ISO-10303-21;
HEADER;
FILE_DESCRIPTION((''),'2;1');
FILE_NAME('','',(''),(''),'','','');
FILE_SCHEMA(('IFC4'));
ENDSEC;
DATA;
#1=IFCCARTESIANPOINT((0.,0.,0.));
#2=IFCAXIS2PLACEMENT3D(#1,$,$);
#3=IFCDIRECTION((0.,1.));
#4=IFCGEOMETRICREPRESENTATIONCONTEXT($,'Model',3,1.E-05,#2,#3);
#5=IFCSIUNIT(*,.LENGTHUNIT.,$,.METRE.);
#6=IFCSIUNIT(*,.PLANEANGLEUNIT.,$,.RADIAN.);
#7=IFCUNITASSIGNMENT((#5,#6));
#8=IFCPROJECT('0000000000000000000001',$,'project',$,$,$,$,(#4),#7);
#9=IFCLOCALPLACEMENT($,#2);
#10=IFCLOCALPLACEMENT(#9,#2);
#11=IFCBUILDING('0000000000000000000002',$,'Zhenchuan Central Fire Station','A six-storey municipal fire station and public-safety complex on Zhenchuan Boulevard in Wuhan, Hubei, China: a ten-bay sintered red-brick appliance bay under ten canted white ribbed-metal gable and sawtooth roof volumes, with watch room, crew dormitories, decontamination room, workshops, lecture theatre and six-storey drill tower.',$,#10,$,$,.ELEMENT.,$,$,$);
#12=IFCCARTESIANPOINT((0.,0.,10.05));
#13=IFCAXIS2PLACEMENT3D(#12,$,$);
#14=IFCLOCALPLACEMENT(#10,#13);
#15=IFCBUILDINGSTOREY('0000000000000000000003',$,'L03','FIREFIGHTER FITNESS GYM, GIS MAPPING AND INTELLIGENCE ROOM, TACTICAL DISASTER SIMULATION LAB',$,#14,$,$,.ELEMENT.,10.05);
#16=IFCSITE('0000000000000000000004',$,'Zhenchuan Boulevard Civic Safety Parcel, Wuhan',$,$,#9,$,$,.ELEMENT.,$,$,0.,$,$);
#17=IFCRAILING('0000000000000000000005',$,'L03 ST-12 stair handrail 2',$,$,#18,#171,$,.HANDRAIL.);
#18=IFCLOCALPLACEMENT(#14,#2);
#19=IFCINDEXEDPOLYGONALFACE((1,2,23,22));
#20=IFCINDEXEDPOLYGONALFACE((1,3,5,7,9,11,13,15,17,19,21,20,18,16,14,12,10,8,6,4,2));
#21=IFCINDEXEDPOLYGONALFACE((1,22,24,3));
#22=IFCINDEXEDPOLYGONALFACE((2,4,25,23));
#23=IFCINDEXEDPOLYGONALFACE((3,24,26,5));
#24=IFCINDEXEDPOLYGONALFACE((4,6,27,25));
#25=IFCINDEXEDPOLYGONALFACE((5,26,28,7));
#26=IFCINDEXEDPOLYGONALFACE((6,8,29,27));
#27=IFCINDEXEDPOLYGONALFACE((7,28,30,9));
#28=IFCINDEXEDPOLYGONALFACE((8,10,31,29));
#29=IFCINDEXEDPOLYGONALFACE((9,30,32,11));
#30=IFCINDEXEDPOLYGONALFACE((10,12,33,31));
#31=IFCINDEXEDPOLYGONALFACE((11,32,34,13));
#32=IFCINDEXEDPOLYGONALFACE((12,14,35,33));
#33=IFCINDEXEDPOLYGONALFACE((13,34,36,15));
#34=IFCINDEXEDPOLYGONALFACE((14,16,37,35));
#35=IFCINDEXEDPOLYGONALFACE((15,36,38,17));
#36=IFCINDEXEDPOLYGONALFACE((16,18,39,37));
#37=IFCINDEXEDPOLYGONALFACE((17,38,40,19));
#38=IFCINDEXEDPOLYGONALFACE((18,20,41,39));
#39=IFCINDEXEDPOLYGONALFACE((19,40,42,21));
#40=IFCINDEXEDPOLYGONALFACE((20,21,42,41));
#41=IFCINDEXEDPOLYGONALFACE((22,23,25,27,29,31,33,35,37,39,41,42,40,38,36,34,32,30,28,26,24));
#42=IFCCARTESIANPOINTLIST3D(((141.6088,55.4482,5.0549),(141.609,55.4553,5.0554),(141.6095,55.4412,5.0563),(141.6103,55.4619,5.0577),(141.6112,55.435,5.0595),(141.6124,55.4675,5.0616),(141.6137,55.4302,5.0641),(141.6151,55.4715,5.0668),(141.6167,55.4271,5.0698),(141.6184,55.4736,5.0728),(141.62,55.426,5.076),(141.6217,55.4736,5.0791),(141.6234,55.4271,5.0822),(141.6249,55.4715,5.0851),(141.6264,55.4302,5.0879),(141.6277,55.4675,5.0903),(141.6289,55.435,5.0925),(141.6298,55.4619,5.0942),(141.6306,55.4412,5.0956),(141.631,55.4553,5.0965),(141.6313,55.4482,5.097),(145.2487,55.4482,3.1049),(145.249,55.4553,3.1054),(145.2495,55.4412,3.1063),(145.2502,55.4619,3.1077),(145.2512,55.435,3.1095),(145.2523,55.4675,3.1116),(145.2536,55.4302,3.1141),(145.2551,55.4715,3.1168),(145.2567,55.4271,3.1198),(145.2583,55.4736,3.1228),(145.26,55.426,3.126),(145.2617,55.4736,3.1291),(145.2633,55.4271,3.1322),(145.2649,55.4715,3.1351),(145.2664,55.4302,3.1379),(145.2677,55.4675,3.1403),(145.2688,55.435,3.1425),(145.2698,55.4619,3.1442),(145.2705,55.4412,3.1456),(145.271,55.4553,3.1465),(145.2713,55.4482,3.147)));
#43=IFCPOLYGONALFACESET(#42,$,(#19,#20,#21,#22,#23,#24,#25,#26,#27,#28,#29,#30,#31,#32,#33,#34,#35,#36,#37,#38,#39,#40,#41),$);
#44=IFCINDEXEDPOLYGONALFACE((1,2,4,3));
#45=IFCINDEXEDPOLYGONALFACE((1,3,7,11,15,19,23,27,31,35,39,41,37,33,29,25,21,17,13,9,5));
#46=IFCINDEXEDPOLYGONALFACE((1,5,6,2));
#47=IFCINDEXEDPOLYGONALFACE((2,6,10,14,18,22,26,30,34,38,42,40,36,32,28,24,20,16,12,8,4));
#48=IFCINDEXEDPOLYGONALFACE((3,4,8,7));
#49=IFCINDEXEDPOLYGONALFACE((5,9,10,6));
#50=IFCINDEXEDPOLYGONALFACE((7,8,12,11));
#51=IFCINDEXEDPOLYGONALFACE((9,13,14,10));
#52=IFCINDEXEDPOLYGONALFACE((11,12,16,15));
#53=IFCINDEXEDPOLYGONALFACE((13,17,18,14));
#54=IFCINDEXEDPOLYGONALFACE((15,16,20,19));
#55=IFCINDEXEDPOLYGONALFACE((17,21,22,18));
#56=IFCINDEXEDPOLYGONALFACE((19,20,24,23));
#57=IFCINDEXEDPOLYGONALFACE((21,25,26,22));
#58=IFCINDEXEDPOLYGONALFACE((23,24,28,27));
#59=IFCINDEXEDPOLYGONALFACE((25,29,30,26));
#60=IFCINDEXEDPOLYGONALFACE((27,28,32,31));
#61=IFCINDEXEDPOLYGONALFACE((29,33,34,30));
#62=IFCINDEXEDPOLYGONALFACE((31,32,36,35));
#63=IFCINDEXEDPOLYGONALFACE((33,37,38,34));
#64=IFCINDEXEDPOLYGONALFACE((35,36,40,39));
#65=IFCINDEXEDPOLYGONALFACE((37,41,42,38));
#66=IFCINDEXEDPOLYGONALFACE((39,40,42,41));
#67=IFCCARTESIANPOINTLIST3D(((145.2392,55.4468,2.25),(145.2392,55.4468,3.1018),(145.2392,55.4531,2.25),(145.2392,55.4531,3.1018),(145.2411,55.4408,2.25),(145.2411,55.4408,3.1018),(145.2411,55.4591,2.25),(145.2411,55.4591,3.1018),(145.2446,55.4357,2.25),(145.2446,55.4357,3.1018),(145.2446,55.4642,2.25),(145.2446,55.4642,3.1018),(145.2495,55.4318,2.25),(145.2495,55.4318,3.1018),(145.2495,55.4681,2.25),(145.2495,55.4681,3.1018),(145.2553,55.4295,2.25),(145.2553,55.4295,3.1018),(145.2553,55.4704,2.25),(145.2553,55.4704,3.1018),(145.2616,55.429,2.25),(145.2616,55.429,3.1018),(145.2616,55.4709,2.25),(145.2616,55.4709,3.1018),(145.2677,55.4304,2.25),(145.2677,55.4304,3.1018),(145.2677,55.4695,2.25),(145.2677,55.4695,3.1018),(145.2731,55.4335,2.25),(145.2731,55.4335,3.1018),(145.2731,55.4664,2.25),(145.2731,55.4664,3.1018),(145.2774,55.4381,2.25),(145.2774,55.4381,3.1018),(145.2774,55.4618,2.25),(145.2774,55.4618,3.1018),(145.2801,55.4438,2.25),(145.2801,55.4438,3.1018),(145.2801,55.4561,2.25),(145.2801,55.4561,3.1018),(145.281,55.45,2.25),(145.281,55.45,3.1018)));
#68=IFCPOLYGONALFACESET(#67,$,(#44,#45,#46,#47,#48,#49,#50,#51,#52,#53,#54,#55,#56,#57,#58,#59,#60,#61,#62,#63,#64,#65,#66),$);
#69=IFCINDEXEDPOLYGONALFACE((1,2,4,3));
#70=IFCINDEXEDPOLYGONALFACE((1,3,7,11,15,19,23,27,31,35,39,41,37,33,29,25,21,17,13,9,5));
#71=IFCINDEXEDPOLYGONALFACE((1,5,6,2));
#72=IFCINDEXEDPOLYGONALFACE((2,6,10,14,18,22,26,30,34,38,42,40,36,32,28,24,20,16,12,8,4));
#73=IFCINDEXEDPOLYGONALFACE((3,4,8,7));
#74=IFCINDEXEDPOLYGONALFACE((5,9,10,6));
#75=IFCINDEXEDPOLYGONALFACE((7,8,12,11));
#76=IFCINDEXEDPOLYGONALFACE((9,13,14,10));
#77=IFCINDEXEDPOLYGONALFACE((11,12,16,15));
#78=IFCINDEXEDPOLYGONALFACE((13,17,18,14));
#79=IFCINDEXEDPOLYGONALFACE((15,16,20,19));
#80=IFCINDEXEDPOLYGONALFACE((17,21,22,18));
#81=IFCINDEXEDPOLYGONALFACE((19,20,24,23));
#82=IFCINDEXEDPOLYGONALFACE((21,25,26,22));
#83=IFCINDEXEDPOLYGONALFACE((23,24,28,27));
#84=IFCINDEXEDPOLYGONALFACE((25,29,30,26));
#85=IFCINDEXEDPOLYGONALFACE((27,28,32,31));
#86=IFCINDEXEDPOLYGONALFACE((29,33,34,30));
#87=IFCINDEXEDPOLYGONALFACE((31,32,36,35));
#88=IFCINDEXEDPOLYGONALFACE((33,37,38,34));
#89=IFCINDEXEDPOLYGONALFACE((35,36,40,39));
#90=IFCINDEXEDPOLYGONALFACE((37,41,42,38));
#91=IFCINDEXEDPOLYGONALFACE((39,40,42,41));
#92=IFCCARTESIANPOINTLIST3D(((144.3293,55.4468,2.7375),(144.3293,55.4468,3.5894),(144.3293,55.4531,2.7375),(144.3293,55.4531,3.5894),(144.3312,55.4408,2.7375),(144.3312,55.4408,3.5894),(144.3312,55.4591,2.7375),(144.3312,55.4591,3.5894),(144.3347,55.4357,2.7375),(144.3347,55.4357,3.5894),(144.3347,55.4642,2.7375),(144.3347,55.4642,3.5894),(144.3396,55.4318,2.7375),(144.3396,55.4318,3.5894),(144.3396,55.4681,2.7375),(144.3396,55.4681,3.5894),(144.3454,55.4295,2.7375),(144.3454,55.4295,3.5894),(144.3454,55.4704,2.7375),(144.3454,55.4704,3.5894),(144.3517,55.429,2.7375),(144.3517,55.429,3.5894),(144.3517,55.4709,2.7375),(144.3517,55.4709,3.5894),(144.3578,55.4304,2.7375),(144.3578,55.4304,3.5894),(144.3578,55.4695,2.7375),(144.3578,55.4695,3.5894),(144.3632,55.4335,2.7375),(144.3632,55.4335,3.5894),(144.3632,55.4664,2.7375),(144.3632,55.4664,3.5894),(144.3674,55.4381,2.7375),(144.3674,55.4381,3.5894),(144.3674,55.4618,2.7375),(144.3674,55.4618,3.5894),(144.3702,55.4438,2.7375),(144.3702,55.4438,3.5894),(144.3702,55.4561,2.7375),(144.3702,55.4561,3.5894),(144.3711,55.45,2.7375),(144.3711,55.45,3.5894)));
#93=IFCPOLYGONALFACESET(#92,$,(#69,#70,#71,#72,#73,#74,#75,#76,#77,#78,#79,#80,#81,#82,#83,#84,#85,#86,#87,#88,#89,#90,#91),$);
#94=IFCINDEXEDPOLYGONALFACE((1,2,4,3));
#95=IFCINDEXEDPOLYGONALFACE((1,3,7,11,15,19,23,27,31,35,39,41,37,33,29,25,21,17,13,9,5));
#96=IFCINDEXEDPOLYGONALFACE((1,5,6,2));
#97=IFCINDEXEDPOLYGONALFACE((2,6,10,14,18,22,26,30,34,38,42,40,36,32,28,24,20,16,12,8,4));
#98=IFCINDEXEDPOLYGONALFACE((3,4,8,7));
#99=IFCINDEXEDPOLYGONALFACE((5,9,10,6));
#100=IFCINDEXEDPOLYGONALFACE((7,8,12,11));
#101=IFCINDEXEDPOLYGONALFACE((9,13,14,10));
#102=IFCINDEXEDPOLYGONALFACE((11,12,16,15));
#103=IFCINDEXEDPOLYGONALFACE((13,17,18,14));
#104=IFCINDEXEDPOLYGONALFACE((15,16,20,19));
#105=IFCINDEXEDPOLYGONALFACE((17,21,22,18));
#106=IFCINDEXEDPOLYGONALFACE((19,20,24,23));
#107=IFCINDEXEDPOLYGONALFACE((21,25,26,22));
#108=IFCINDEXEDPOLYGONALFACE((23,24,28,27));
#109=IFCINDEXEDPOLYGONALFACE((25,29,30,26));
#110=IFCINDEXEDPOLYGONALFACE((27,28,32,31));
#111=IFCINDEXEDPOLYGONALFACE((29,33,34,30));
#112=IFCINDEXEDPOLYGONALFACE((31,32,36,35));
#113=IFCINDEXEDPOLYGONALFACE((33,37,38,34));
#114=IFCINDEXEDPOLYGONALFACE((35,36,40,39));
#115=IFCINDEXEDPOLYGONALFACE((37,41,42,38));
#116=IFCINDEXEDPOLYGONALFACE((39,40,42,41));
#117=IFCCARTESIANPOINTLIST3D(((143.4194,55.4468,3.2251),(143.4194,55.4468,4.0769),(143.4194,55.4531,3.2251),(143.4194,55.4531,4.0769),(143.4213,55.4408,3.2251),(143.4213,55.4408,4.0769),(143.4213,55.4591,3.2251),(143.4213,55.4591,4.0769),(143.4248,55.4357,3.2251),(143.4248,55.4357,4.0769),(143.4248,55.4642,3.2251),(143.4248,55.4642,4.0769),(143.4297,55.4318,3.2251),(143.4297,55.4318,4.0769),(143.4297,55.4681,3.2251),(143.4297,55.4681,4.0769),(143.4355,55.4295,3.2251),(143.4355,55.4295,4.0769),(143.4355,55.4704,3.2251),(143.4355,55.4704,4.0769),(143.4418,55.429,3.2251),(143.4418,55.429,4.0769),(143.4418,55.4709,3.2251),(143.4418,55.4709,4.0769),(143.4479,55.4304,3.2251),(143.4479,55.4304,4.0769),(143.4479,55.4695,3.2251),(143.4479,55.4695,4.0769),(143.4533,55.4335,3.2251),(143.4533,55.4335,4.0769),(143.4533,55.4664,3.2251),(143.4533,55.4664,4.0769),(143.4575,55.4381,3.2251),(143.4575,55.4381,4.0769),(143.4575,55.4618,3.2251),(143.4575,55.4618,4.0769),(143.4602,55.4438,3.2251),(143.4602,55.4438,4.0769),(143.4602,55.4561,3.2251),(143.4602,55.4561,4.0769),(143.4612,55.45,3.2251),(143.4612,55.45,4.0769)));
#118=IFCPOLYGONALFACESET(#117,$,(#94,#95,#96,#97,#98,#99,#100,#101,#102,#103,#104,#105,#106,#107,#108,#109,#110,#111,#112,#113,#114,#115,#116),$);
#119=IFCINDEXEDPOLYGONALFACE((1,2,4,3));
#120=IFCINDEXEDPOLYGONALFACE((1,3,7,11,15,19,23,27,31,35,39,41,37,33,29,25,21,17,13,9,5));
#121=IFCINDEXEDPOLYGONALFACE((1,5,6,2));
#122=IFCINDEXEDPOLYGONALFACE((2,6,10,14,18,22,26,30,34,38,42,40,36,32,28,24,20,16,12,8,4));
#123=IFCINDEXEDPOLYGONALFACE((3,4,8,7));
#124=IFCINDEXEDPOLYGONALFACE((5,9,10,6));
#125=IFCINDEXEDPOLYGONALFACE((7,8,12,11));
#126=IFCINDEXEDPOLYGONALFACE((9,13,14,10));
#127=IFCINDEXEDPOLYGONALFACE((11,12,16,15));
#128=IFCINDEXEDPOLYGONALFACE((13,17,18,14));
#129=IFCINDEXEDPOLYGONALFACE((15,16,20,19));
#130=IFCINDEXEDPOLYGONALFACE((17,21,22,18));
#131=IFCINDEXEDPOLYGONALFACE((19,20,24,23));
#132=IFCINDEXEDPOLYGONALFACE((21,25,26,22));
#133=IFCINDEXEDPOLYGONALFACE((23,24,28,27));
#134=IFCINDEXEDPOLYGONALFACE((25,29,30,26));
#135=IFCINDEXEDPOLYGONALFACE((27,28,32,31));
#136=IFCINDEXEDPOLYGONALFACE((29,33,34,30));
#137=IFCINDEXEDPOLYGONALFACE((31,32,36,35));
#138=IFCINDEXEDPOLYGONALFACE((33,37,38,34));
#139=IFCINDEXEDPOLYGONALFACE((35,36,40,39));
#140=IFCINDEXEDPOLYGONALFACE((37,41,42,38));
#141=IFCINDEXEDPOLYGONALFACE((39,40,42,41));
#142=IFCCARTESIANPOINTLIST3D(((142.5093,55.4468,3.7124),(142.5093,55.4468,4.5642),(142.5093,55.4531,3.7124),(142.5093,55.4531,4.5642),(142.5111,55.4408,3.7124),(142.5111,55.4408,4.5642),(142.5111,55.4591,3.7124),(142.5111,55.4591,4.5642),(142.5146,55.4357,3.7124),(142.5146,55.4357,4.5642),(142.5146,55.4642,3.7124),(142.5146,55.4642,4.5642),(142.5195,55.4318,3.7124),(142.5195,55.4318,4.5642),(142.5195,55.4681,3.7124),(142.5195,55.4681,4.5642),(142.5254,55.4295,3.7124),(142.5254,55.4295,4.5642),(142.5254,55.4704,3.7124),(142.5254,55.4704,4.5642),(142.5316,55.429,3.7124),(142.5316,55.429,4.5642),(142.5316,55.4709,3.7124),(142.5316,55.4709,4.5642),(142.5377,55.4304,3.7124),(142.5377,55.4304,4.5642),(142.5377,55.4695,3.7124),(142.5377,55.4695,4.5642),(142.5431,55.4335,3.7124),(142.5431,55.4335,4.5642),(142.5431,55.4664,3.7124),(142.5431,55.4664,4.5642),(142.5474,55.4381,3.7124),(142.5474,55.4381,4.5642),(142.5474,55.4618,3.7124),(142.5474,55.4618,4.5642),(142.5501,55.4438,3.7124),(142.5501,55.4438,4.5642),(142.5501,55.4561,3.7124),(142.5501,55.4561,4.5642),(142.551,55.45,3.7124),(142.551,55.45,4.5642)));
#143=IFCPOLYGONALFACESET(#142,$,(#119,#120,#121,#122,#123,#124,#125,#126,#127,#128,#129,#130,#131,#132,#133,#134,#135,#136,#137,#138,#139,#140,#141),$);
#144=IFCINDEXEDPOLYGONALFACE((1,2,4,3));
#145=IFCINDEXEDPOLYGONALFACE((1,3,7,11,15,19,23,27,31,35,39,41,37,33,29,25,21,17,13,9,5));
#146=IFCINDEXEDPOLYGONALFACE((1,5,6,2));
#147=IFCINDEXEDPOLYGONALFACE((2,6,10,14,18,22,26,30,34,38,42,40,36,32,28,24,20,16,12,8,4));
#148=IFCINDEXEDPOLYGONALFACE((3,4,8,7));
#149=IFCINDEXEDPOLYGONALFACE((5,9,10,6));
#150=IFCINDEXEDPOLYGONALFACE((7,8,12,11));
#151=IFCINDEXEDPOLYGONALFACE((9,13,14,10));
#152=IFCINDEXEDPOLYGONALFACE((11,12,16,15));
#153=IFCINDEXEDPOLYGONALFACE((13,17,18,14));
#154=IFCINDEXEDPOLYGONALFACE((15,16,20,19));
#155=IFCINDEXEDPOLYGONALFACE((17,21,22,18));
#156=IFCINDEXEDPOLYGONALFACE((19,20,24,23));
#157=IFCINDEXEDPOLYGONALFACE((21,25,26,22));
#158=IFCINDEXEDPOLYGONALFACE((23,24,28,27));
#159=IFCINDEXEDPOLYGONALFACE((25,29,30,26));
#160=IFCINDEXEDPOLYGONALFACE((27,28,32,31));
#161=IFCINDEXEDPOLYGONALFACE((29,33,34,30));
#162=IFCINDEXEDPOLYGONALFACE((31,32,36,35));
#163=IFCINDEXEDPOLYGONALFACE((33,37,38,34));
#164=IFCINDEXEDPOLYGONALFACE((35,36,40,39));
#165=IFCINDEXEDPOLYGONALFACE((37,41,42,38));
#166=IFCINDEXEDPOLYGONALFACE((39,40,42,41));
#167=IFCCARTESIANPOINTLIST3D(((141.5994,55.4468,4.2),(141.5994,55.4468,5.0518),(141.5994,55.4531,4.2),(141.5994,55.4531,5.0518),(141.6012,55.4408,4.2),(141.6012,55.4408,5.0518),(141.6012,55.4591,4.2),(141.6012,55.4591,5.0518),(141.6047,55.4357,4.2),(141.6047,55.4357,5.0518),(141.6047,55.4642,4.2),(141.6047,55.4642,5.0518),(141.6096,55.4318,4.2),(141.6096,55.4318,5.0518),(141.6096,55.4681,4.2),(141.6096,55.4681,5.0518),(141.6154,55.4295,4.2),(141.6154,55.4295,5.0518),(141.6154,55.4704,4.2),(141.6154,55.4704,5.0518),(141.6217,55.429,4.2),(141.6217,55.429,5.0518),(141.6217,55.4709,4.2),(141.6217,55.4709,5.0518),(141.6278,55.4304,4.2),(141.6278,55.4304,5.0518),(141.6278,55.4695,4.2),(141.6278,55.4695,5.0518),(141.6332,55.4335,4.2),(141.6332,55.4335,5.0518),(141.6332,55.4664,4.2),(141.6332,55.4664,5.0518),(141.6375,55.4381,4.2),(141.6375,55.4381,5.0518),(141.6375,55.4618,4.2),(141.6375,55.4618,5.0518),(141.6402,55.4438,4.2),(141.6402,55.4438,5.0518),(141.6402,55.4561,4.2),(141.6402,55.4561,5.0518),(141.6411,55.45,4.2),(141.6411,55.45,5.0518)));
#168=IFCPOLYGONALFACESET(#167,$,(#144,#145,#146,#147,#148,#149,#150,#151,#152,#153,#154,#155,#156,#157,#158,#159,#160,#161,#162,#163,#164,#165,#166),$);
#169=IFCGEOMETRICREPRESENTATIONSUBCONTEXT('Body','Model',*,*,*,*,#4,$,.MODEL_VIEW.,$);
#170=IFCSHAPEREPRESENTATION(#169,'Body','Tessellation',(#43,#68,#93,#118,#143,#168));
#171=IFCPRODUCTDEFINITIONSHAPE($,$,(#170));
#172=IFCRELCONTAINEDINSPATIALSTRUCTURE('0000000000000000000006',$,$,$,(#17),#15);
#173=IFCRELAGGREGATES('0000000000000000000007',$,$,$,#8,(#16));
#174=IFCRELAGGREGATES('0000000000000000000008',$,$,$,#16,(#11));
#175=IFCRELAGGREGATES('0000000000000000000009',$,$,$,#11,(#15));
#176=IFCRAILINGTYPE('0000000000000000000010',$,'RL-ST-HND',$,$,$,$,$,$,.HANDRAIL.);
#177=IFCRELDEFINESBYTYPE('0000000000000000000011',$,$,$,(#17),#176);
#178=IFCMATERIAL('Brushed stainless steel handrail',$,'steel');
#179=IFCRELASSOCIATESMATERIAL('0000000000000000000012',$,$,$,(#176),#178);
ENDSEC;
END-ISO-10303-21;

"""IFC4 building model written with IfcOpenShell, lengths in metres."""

from ifc_helpers import new_model, si_unit, direction, frame, origin, origin_2d, place, context, subcontext, project, spatial, circle, extrude, material, type_object, element, save


model = new_model("IFC4")

# Units and contexts
model_context = context("Model", 3, precision=1e-05, world=origin(), true_north=direction((0.0, 1.0)))
body_context = subcontext(model_context, "Body", "Model", "MODEL_VIEW")
ifc_project = project(units=[si_unit("LENGTHUNIT", "METRE"), si_unit("PLANEANGLEUNIT", "RADIAN")], contexts=[model_context])

# Site, building, storey
site_placement = place(None, origin())
site = spatial("IfcSite", under=ifc_project, at=site_placement, Name="Zhenchuan Boulevard Civic Safety Parcel, Wuhan", CompositionType="ELEMENT", RefElevation=0.0)
building_placement = place(site_placement, origin())
building = spatial("IfcBuilding", under=site, at=building_placement, Name="Zhenchuan Central Fire Station", Description="A six-storey municipal fire station and public-safety complex on Zhenchuan Boulevard in Wuhan, Hubei, China: a ten-bay sintered red-brick appliance bay under ten canted white ribbed-metal gable and sawtooth roof volumes, with watch room, crew dormitories, decontamination room, workshops, lecture theatre and six-storey drill tower.", CompositionType="ELEMENT")
storey_placement = place(building_placement, frame((0.0, 0.0, 10.05)))
storey = spatial("IfcBuildingStorey", under=building, at=storey_placement, Name="L03", Description="FIREFIGHTER FITNESS GYM, GIS MAPPING AND INTELLIGENCE ROOM, TACTICAL DISASTER SIMULATION LAB", CompositionType="ELEMENT", Elevation=10.05)

# Railing
ifc_material_1 = material(Name="Brushed stainless steel handrail", Category="steel")
railing_type_1 = type_object("IfcRailingType", Name="RL-ST-HND", PredefinedType="HANDRAIL", material=ifc_material_1)
railing_1_placement = place(storey_placement, frame((145.26, 55.45, 2.25)))
element("IfcRailing", 1, at=railing_1_placement, inside=storey, type_object=railing_type_1, Name="L03 ST-12 stair handrail 2", PredefinedType="HANDRAIL", context=body_context, shape_type="SweptSolid", body=[
    extrude(circle(Radius=0.0239, at=origin_2d()), frame((0.0, 0.0, 0.876), z_axis=(-0.881479, 0.0, 0.472223), x_axis=(0.0, -1.0, 0.0)), (0.0, 0.0, 1.0), 4.1294),
    extrude(circle(Radius=0.021, at=origin_2d()), origin(), (0.0, 0.0, 1.0), 0.8518),
    extrude(circle(Radius=0.021, at=origin_2d()), frame((-0.9099, 0.0, 0.4875)), (0.0, 0.0, 1.0), 0.8518),
    extrude(circle(Radius=0.021, at=origin_2d()), frame((-1.8198, 0.0, 0.9751)), (0.0, 0.0, 1.0), 0.8518),
    extrude(circle(Radius=0.021, at=origin_2d()), frame((-2.73, 0.0, 1.4624)), (0.0, 0.0, 1.0), 0.8518),
    extrude(circle(Radius=0.021, at=origin_2d()), frame((-3.6399, 0.0, 1.95)), (0.0, 0.0, 1.0), 0.8518),
])

save(model, "model.ifc")
